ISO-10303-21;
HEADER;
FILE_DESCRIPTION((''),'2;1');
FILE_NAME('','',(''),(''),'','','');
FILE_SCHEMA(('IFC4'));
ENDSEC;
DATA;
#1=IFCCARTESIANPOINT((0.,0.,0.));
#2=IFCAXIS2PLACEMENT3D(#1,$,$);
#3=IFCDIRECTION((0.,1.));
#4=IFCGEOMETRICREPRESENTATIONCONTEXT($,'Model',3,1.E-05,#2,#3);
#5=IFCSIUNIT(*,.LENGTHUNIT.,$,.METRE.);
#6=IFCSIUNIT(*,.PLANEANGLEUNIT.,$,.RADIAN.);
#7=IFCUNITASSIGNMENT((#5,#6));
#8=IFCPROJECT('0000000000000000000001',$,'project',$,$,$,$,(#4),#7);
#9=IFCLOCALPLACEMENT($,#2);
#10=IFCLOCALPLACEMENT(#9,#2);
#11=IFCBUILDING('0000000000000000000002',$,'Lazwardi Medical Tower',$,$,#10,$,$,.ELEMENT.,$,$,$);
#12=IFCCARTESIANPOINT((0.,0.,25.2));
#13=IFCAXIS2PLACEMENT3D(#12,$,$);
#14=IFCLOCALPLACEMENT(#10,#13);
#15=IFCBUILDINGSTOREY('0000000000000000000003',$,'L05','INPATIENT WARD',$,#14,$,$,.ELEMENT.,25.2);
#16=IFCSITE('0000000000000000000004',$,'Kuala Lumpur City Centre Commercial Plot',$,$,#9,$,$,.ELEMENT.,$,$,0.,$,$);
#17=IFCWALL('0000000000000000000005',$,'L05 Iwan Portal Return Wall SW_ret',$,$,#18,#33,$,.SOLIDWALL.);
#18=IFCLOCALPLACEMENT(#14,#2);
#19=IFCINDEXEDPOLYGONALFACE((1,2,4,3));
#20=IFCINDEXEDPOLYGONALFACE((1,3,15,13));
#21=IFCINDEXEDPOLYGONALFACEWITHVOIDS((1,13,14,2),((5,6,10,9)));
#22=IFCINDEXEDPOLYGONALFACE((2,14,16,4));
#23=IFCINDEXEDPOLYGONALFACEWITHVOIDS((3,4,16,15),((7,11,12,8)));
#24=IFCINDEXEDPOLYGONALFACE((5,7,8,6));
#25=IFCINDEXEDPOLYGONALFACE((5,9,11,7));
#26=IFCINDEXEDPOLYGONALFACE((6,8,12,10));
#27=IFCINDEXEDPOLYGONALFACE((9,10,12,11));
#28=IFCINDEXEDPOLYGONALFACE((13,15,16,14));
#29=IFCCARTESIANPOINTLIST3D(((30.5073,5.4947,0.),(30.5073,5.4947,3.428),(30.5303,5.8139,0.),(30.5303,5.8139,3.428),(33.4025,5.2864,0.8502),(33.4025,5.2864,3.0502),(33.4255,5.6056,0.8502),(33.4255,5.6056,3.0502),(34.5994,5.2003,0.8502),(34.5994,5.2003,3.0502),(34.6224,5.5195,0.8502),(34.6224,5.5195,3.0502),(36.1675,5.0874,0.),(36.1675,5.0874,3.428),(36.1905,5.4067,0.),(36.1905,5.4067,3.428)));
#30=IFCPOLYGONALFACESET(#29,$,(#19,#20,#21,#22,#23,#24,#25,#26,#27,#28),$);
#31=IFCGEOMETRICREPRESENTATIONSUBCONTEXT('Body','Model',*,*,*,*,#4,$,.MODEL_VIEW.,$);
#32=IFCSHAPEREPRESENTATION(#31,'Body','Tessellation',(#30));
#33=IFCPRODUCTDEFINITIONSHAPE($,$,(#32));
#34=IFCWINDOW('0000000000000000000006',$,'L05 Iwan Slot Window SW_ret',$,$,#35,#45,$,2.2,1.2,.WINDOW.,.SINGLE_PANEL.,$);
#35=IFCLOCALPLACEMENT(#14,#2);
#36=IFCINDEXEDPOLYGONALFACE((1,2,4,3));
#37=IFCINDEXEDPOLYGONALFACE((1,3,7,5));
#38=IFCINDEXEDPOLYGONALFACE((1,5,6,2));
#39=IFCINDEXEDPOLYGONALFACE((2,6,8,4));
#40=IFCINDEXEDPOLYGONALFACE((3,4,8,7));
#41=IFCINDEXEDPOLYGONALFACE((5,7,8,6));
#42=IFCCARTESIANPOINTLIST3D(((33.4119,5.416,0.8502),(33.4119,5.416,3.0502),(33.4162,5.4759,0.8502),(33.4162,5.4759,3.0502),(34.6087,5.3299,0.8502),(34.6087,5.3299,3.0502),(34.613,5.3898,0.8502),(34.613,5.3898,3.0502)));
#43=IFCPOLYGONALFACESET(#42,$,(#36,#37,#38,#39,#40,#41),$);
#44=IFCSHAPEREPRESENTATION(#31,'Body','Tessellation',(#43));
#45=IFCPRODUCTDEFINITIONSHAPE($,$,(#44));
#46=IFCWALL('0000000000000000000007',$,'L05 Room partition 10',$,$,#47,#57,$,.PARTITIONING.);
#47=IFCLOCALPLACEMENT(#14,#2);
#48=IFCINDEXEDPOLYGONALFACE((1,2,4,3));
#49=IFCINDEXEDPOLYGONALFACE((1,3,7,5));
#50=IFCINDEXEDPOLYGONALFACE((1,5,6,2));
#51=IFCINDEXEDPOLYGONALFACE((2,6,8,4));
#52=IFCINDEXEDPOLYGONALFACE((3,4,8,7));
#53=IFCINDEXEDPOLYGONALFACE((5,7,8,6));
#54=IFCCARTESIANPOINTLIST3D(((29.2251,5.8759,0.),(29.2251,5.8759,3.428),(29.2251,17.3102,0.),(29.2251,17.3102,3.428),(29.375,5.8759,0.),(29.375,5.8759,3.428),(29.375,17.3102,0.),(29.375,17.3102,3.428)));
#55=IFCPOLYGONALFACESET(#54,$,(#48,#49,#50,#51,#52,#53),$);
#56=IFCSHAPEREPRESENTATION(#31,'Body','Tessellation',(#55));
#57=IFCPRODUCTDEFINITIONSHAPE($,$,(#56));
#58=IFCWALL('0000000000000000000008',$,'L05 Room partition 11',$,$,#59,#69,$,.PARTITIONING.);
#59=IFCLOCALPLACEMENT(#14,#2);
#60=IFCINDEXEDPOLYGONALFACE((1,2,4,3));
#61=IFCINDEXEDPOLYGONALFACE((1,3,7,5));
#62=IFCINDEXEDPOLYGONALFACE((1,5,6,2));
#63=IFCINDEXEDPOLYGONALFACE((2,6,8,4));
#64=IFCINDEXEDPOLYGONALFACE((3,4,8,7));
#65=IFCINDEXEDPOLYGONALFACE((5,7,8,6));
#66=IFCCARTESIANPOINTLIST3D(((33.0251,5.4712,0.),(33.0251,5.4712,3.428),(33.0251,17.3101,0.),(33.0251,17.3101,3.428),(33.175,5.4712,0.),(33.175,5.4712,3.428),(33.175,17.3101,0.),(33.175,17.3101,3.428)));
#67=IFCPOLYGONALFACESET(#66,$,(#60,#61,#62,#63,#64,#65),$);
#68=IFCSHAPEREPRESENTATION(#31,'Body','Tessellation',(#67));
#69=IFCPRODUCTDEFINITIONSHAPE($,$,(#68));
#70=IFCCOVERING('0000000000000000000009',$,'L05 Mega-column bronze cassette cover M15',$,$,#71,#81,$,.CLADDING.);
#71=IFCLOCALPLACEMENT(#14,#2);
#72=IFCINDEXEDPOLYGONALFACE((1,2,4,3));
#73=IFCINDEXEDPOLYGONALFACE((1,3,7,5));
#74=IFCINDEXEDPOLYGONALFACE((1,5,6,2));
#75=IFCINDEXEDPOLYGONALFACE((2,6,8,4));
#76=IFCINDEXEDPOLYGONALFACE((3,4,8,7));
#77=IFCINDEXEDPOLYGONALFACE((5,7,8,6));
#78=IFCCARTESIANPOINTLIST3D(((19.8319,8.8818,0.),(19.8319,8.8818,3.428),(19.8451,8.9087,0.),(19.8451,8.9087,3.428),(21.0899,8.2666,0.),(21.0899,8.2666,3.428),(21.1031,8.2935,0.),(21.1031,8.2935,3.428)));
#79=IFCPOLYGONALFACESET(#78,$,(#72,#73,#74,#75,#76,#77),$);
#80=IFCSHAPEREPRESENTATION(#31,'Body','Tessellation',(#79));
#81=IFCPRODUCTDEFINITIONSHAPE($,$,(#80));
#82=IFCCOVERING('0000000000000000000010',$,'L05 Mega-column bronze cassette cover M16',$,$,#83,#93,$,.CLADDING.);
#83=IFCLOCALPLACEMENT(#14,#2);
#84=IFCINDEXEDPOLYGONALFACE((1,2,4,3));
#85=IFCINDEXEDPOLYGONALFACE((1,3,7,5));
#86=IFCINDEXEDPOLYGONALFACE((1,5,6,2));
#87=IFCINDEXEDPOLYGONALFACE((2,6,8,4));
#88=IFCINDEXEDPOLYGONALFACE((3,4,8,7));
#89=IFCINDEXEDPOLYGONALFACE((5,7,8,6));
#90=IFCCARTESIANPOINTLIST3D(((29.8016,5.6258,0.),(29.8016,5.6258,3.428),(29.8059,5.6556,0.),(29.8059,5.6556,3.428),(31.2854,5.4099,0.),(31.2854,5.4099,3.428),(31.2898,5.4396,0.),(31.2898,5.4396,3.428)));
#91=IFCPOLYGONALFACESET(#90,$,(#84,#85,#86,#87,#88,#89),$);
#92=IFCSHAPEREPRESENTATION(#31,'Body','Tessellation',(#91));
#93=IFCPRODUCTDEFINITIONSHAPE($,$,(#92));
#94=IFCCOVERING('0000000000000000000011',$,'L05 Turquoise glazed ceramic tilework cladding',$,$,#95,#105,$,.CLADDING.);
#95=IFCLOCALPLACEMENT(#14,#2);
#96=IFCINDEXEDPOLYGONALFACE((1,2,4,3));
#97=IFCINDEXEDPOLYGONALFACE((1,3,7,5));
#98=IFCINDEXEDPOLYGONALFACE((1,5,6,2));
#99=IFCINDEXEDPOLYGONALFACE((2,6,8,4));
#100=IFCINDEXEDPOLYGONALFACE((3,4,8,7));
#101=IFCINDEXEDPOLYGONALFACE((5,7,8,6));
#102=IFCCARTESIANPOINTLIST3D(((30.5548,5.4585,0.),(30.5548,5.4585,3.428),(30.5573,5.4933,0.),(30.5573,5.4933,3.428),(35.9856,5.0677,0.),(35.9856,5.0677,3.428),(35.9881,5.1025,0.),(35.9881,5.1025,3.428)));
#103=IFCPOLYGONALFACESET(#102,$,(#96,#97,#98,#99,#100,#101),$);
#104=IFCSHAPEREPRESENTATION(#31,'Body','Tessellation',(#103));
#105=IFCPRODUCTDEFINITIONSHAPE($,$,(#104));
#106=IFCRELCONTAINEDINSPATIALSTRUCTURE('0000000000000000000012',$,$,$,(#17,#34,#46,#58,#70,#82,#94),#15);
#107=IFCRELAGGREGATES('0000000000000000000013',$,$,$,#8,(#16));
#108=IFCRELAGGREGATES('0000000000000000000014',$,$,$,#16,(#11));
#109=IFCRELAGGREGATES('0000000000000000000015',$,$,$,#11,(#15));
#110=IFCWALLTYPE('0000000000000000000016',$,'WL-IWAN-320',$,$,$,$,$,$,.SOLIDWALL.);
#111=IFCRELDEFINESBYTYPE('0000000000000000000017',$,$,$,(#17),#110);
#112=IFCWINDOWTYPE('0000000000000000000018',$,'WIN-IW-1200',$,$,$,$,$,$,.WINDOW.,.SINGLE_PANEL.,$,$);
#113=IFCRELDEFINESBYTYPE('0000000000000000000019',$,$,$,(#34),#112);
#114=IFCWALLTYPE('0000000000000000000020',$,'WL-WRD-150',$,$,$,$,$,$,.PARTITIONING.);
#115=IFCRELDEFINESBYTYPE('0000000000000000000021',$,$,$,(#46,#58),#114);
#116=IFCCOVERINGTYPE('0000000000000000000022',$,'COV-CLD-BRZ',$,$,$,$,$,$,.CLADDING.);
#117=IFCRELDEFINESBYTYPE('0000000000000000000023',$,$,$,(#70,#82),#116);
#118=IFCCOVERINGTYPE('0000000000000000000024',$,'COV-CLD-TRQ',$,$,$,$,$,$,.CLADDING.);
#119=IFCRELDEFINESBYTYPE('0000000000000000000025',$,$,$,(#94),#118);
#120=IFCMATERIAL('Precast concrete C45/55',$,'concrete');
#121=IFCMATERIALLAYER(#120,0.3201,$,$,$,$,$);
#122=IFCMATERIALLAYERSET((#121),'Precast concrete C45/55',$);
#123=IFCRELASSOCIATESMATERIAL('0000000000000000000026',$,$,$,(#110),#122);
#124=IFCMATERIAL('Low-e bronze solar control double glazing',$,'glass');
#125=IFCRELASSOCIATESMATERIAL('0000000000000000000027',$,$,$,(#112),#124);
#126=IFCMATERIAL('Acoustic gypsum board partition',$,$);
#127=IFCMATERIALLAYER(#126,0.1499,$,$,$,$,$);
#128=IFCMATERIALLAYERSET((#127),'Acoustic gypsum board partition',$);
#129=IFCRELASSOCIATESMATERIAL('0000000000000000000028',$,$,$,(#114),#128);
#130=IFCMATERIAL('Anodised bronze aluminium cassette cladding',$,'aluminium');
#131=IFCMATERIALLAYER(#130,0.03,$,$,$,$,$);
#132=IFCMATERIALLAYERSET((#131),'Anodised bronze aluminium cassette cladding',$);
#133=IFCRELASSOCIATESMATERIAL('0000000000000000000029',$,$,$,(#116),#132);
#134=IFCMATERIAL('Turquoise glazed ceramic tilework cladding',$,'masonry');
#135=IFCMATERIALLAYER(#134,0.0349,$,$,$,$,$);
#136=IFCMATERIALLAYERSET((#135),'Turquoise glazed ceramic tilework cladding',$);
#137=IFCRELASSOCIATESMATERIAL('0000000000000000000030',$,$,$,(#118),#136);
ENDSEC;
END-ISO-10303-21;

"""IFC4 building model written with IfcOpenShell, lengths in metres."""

from ifc_helpers import new_model, si_unit, direction, frame, frame_2d, origin, origin_2d, place, context, subcontext, project, spatial, rectangle, extrude, material, layer, layer_set, type_object, element, fill, save


model = new_model("IFC4")

# Units and contexts
model_context = context("Model", 3, precision=1e-05, world=origin(), true_north=direction((0.0, 1.0)))
body_context = subcontext(model_context, "Body", "Model", "MODEL_VIEW")
ifc_project = project(units=[si_unit("LENGTHUNIT", "METRE"), si_unit("PLANEANGLEUNIT", "RADIAN")], contexts=[model_context])

# Site, building, storey
site_placement = place(None, origin())
site = spatial("IfcSite", under=ifc_project, at=site_placement, Name="Kuala Lumpur City Centre Commercial Plot", CompositionType="ELEMENT", RefElevation=0.0)
building_placement = place(site_placement, origin())
building = spatial("IfcBuilding", under=site, at=building_placement, Name="Lazwardi Medical Tower", CompositionType="ELEMENT")
storey_placement = place(building_placement, frame((0.0, 0.0, 25.2)))
storey = spatial("IfcBuildingStorey", under=building, at=storey_placement, Name="L05", Description="INPATIENT WARD", CompositionType="ELEMENT", Elevation=25.2)

# Shared definitions
ifc_material_1 = material(Name="Low-e bronze solar control double glazing", Category="glass")

# Wall, opening, window
ifc_material_2 = material(Name="Precast concrete C45/55", Category="concrete")
ifc_layer_1 = layer(ifc_material_2, 0.3201)
ifc_layer_set_1 = layer_set([ifc_layer_1], Name="Precast concrete C45/55")
wall_type_1 = type_object("IfcWallType", Name="WL-IWAN-320", PredefinedType="SOLIDWALL", material=ifc_layer_set_1)
wall_1_placement = place(storey_placement, frame((30.5188, 5.6543, 0.0), z_axis=(0.0, 0.0, 1.0), x_axis=(0.997422, -0.071761, 0.0)))
wall_1 = element("IfcWall", 1, at=wall_1_placement, inside=storey, type_object=wall_type_1, Name="L05 Iwan Portal Return Wall SW_ret", PredefinedType="SOLIDWALL", context=body_context, shape_type="SweptSolid", body=[
    extrude(rectangle(XDim=5.6748, YDim=0.3201, at=frame_2d((2.8374, 0.0))), origin(), (0.0, 0.0, 1.0), 3.428),
])
opening_placement = place(wall_1_placement, frame((2.9026, 0.0, 0.8501)))
opening = element("IfcOpeningElement", 2, at=opening_placement, cuts=wall_1, PredefinedType="OPENING", context=body_context, shape_type="SweptSolid", body=[
    extrude(rectangle(XDim=1.2, YDim=2.2, at=frame_2d((0.6001, 1.1001))), frame((0.0, 0.1699, 0.0), z_axis=(0.0, -1.0, 0.0), x_axis=(1.0, 0.0, 0.0)), (0.0, 0.0, 1.0), 0.3401),
])
window_type = type_object("IfcWindowType", Name="WIN-IW-1200", PartitioningType="SINGLE_PANEL", PredefinedType="WINDOW", material=ifc_material_1)
window_placement = place(opening_placement, origin())
window = element("IfcWindow", 3, at=window_placement, inside=storey, type_object=window_type, Name="L05 Iwan Slot Window SW_ret", OverallHeight=2.2, OverallWidth=1.2, PartitioningType="SINGLE_PANEL", PredefinedType="WINDOW", context=body_context, shape_type="SweptSolid", body=[
    extrude(rectangle(XDim=1.2, YDim=2.2, at=frame_2d((0.6001, 1.1001))), frame((0.0, 0.03, 0.0), z_axis=(0.0, -1.0, 0.0), x_axis=(1.0, 0.0, 0.0)), (0.0, 0.0, 1.0), 0.0601),
])
fill(opening, window)

# Walls
ifc_material_3 = material(Name="Acoustic gypsum board partition")
ifc_layer_2 = layer(ifc_material_3, 0.1499)
ifc_layer_set_2 = layer_set([ifc_layer_2], Name="Acoustic gypsum board partition")
wall_type_2 = type_object("IfcWallType", Name="WL-WRD-150", PredefinedType="PARTITIONING", material=ifc_layer_set_2)
wall_2_placement = place(storey_placement, frame((29.3, 5.8757, 0.0), z_axis=(0.0, 0.0, 1.0), x_axis=(0.0, 1.0, 0.0)))
element("IfcWall", 4, at=wall_2_placement, inside=storey, type_object=wall_type_2, Name="L05 Room partition 10", PredefinedType="PARTITIONING", context=body_context, shape_type="SweptSolid", body=[
    extrude(rectangle(XDim=11.4343, YDim=0.1499, at=frame_2d((5.7173, 0.0))), origin(), (0.0, 0.0, 1.0), 3.428),
])
wall_3_placement = place(storey_placement, frame((33.1001, 5.4712, 0.0), z_axis=(0.0, 0.0, 1.0), x_axis=(0.0, 1.0, 0.0)))
element("IfcWall", 5, at=wall_3_placement, inside=storey, type_object=wall_type_2, Name="L05 Room partition 11", PredefinedType="PARTITIONING", context=body_context, shape_type="SweptSolid", body=[
    extrude(rectangle(XDim=11.8389, YDim=0.1499, at=frame_2d((5.9194, 0.0))), origin(), (0.0, 0.0, 1.0), 3.428),
])

# Coverings
ifc_material_4 = material(Name="Anodised bronze aluminium cassette cladding", Category="aluminium")
ifc_layer_3 = layer(ifc_material_4, 0.03)
ifc_layer_set_3 = layer_set([ifc_layer_3], Name="Anodised bronze aluminium cassette cladding")
covering_type_1 = type_object("IfcCoveringType", Name="COV-CLD-BRZ", PredefinedType="CLADDING", material=ifc_layer_set_3)
covering_1_placement = place(storey_placement, frame((20.4675, 8.5876, 0.0), z_axis=(0.0, 0.0, 1.0), x_axis=(0.898334, -0.439312, 0.0)))
element("IfcCovering", 6, at=covering_1_placement, inside=storey, type_object=covering_type_1, Name="L05 Mega-column bronze cassette cover M15", PredefinedType="CLADDING", context=body_context, shape_type="SweptSolid", body=[
    extrude(rectangle(XDim=1.4004, YDim=0.03, at=origin_2d()), origin(), (0.0, 0.0, 1.0), 3.428),
])
covering_2_placement = place(storey_placement, frame((30.5457, 5.5327, 0.0), z_axis=(0.0, 0.0, 1.0), x_axis=(0.989573, -0.144035, 0.0)))
element("IfcCovering", 7, at=covering_2_placement, inside=storey, type_object=covering_type_1, Name="L05 Mega-column bronze cassette cover M16", PredefinedType="CLADDING", context=body_context, shape_type="SweptSolid", body=[
    extrude(rectangle(XDim=1.4995, YDim=0.03, at=origin_2d()), origin(), (0.0, 0.0, 1.0), 3.428),
])
ifc_material_5 = material(Name="Turquoise glazed ceramic tilework cladding", Category="masonry")
ifc_layer_4 = layer(ifc_material_5, 0.0349)
ifc_layer_set_4 = layer_set([ifc_layer_4], Name="Turquoise glazed ceramic tilework cladding")
covering_type_2 = type_object("IfcCoveringType", Name="COV-CLD-TRQ", PredefinedType="CLADDING", material=ifc_layer_set_4)
covering_3_placement = place(storey_placement, frame((33.2715, 5.2805, 0.0), z_axis=(0.0, 0.0, 1.0), x_axis=(0.997421, -0.071774, 0.0)))
element("IfcCovering", 8, at=covering_3_placement, inside=storey, type_object=covering_type_2, Name="L05 Turquoise glazed ceramic tilework cladding", PredefinedType="CLADDING", context=body_context, shape_type="SweptSolid", body=[
    extrude(rectangle(XDim=5.4448, YDim=0.0349, at=origin_2d()), origin(), (0.0, 0.0, 1.0), 3.428),
])

save(model, "model.ifc")
